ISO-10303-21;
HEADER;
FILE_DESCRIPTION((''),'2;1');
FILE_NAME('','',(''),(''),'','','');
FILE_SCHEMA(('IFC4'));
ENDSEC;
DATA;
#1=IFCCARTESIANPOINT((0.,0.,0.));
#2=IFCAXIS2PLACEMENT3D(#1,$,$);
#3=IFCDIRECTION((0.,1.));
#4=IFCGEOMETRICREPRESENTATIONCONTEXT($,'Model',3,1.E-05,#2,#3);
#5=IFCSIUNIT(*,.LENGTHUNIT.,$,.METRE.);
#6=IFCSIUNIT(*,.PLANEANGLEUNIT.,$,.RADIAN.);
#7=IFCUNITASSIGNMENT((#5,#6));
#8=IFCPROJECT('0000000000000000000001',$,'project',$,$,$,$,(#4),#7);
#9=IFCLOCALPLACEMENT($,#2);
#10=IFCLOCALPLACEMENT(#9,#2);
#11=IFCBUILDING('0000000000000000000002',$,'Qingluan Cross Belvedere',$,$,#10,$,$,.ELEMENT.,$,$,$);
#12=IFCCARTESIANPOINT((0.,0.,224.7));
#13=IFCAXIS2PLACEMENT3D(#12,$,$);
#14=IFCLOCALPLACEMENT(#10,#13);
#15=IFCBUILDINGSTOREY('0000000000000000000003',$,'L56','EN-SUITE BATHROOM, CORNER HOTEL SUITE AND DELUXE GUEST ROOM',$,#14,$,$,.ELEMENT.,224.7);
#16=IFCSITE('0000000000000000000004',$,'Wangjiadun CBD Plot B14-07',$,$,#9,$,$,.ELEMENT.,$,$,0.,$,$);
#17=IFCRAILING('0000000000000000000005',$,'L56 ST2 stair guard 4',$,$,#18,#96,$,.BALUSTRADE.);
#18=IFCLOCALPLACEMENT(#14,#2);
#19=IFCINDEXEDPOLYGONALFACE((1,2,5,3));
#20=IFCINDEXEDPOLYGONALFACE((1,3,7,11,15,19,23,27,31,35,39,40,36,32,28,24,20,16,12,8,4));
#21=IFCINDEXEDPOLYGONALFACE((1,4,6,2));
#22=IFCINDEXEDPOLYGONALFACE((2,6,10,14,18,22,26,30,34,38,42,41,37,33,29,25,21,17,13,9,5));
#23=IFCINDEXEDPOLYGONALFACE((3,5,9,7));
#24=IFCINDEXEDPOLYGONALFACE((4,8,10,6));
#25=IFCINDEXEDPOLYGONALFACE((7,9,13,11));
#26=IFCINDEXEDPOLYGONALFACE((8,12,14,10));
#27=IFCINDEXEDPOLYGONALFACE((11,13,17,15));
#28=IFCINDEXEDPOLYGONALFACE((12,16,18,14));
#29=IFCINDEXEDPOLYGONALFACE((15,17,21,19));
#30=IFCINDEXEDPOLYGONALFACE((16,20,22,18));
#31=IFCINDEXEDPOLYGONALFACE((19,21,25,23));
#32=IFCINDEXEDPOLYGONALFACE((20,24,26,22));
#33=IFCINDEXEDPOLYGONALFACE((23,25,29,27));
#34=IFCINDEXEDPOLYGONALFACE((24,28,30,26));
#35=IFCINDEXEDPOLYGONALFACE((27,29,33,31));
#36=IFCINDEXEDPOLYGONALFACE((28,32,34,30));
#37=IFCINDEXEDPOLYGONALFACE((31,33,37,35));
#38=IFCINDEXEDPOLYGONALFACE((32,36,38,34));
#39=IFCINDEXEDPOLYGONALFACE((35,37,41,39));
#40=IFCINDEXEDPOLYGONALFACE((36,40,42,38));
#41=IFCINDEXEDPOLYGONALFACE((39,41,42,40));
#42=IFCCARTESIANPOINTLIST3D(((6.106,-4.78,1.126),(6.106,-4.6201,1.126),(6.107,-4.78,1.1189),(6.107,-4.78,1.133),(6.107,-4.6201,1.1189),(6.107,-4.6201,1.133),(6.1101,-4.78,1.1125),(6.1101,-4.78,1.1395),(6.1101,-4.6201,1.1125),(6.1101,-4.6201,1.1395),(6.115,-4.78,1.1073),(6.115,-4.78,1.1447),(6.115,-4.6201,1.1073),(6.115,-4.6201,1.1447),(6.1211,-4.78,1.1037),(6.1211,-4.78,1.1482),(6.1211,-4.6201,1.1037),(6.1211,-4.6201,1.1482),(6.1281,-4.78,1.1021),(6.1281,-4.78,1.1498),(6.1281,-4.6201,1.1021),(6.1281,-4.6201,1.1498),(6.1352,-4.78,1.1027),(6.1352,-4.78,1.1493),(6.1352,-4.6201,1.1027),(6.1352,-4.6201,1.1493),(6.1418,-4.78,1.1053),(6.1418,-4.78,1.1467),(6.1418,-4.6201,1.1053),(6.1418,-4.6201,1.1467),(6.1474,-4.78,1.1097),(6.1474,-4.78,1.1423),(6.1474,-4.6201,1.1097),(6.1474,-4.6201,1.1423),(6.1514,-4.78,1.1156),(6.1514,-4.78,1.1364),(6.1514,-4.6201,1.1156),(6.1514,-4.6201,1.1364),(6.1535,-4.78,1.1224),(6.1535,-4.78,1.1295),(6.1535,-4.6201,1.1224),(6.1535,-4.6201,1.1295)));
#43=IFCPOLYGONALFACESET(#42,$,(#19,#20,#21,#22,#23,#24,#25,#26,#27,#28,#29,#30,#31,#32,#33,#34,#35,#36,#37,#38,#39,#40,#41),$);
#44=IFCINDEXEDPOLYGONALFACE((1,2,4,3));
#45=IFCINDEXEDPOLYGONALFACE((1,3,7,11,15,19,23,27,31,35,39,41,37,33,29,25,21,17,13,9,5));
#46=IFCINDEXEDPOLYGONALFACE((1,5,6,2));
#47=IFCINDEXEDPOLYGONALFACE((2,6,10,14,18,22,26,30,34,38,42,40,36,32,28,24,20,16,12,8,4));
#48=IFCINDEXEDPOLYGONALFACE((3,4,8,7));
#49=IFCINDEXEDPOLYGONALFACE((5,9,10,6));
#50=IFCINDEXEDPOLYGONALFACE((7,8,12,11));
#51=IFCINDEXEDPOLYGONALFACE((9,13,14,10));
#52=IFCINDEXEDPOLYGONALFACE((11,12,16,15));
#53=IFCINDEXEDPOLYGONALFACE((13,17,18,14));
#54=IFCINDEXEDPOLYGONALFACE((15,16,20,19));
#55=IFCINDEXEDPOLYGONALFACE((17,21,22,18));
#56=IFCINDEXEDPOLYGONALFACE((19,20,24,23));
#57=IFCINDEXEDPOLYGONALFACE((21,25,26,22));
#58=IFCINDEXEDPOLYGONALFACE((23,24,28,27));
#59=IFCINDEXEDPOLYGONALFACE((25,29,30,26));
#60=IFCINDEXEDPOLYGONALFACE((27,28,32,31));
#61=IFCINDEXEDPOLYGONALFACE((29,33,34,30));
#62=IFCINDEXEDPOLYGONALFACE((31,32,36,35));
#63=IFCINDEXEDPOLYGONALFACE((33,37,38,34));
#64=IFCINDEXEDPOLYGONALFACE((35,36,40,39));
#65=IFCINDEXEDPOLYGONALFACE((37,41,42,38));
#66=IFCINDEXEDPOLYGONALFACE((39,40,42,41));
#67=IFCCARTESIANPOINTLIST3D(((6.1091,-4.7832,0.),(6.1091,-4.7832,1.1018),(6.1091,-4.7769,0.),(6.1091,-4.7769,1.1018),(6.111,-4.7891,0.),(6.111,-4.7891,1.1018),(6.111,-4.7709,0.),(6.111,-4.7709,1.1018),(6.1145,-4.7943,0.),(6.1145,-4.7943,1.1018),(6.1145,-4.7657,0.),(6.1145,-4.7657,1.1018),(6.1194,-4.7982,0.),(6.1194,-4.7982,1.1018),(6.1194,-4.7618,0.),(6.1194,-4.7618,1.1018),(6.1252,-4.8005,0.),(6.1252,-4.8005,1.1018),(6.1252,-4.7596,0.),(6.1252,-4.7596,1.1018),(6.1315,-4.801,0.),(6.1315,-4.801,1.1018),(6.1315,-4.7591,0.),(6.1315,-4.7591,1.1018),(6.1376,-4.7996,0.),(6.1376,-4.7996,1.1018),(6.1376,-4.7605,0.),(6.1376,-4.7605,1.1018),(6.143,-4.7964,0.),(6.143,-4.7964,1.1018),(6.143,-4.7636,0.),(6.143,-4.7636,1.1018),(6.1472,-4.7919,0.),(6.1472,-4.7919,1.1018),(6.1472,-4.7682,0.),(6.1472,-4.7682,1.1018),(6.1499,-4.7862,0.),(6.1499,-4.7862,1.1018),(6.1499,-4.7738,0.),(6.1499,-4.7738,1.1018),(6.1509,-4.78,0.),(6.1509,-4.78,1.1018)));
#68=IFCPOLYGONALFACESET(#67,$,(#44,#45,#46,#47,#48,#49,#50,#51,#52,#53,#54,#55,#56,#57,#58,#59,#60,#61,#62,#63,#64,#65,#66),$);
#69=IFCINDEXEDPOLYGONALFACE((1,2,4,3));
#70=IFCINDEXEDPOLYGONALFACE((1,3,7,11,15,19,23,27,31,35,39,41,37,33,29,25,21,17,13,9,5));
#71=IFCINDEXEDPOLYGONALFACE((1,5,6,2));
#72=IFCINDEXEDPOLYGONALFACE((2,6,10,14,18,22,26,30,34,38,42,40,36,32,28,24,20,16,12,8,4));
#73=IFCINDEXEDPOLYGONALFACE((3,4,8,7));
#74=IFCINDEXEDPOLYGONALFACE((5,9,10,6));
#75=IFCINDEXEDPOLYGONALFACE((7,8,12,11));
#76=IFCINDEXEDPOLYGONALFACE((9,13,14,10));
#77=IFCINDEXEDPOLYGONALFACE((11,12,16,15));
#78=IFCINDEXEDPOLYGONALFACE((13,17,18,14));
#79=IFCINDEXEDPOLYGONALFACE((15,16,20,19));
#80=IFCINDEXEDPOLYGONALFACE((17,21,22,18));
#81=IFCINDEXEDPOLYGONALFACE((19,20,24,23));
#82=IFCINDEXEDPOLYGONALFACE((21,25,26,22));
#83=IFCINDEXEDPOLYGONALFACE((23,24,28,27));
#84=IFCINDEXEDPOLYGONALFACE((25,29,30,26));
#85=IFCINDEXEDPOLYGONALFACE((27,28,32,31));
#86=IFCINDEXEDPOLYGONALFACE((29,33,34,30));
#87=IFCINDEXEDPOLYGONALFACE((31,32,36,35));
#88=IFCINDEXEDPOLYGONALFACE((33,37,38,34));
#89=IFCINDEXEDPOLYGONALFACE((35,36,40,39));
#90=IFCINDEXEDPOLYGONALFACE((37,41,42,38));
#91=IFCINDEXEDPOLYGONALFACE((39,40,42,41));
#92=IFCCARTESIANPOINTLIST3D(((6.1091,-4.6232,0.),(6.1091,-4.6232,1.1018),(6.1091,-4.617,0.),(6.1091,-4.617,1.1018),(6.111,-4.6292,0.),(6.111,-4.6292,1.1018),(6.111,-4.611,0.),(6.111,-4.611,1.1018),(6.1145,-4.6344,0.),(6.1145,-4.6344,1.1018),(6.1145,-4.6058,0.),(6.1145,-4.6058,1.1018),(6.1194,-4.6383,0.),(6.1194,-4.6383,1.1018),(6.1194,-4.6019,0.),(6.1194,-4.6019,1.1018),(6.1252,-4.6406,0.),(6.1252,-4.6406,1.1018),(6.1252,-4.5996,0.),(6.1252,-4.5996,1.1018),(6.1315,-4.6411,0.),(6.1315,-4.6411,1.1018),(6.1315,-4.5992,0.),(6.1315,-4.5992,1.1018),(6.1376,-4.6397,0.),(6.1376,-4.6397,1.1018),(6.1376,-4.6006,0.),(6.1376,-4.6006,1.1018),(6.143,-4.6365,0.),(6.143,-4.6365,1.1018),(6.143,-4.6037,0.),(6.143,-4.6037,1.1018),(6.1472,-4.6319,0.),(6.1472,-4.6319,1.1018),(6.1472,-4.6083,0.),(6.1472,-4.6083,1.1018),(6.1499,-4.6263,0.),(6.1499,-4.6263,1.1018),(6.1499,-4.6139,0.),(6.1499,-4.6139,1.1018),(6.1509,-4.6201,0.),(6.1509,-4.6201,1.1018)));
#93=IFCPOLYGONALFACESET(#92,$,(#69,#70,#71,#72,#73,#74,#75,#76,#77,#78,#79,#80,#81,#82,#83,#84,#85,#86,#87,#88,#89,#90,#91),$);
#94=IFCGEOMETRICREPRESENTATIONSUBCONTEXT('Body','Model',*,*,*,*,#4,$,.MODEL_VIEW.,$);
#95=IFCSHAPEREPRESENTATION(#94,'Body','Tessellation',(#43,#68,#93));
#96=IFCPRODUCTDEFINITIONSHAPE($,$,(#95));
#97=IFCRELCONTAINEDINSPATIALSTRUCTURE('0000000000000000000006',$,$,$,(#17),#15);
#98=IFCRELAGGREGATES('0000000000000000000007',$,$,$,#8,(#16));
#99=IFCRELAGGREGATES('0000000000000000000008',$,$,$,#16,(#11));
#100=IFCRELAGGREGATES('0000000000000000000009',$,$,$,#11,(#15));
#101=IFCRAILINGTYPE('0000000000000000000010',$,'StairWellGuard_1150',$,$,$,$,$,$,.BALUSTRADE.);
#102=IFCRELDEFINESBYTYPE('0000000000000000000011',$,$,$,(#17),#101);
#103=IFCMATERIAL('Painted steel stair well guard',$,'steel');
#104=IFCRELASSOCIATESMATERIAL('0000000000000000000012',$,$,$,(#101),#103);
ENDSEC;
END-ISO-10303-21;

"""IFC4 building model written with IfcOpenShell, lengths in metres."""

from ifc_helpers import new_model, si_unit, direction, frame, origin, origin_2d, place, context, subcontext, project, spatial, circle, extrude, material, type_object, element, save


model = new_model("IFC4")

# Units and contexts
model_context = context("Model", 3, precision=1e-05, world=origin(), true_north=direction((0.0, 1.0)))
body_context = subcontext(model_context, "Body", "Model", "MODEL_VIEW")
ifc_project = project(units=[si_unit("LENGTHUNIT", "METRE"), si_unit("PLANEANGLEUNIT", "RADIAN")], contexts=[model_context])

# Site, building, storey
site_placement = place(None, origin())
site = spatial("IfcSite", under=ifc_project, at=site_placement, Name="Wangjiadun CBD Plot B14-07", CompositionType="ELEMENT", RefElevation=0.0)
building_placement = place(site_placement, origin())
building = spatial("IfcBuilding", under=site, at=building_placement, Name="Qingluan Cross Belvedere", CompositionType="ELEMENT")
storey_placement = place(building_placement, frame((0.0, 0.0, 224.7)))
storey = spatial("IfcBuildingStorey", under=building, at=storey_placement, Name="L56", Description="EN-SUITE BATHROOM, CORNER HOTEL SUITE AND DELUXE GUEST ROOM", CompositionType="ELEMENT", Elevation=224.7)

# Railing
ifc_material_1 = material(Name="Painted steel stair well guard", Category="steel")
railing_type_1 = type_object("IfcRailingType", Name="StairWellGuard_1150", PredefinedType="BALUSTRADE", material=ifc_material_1)
railing_1_placement = place(storey_placement, frame((6.1299, -4.78, 0.0)))
element("IfcRailing", 1, at=railing_1_placement, inside=storey, type_object=railing_type_1, Name="L56 ST2 stair guard 4", PredefinedType="BALUSTRADE", context=body_context, shape_type="SweptSolid", body=[
    extrude(circle(Radius=0.0239, at=origin_2d()), frame((0.0, 0.0, 1.126), z_axis=(0.0, 1.0, 0.0), x_axis=(-1.0, 0.0, 0.0)), (0.0, 0.0, 1.0), 0.1599),
    extrude(circle(Radius=0.021, at=origin_2d()), origin(), (0.0, 0.0, 1.0), 1.1018),
    extrude(circle(Radius=0.021, at=origin_2d()), frame((0.0, 0.1599, 0.0)), (0.0, 0.0, 1.0), 1.1018),
])

save(model, "model.ifc")
